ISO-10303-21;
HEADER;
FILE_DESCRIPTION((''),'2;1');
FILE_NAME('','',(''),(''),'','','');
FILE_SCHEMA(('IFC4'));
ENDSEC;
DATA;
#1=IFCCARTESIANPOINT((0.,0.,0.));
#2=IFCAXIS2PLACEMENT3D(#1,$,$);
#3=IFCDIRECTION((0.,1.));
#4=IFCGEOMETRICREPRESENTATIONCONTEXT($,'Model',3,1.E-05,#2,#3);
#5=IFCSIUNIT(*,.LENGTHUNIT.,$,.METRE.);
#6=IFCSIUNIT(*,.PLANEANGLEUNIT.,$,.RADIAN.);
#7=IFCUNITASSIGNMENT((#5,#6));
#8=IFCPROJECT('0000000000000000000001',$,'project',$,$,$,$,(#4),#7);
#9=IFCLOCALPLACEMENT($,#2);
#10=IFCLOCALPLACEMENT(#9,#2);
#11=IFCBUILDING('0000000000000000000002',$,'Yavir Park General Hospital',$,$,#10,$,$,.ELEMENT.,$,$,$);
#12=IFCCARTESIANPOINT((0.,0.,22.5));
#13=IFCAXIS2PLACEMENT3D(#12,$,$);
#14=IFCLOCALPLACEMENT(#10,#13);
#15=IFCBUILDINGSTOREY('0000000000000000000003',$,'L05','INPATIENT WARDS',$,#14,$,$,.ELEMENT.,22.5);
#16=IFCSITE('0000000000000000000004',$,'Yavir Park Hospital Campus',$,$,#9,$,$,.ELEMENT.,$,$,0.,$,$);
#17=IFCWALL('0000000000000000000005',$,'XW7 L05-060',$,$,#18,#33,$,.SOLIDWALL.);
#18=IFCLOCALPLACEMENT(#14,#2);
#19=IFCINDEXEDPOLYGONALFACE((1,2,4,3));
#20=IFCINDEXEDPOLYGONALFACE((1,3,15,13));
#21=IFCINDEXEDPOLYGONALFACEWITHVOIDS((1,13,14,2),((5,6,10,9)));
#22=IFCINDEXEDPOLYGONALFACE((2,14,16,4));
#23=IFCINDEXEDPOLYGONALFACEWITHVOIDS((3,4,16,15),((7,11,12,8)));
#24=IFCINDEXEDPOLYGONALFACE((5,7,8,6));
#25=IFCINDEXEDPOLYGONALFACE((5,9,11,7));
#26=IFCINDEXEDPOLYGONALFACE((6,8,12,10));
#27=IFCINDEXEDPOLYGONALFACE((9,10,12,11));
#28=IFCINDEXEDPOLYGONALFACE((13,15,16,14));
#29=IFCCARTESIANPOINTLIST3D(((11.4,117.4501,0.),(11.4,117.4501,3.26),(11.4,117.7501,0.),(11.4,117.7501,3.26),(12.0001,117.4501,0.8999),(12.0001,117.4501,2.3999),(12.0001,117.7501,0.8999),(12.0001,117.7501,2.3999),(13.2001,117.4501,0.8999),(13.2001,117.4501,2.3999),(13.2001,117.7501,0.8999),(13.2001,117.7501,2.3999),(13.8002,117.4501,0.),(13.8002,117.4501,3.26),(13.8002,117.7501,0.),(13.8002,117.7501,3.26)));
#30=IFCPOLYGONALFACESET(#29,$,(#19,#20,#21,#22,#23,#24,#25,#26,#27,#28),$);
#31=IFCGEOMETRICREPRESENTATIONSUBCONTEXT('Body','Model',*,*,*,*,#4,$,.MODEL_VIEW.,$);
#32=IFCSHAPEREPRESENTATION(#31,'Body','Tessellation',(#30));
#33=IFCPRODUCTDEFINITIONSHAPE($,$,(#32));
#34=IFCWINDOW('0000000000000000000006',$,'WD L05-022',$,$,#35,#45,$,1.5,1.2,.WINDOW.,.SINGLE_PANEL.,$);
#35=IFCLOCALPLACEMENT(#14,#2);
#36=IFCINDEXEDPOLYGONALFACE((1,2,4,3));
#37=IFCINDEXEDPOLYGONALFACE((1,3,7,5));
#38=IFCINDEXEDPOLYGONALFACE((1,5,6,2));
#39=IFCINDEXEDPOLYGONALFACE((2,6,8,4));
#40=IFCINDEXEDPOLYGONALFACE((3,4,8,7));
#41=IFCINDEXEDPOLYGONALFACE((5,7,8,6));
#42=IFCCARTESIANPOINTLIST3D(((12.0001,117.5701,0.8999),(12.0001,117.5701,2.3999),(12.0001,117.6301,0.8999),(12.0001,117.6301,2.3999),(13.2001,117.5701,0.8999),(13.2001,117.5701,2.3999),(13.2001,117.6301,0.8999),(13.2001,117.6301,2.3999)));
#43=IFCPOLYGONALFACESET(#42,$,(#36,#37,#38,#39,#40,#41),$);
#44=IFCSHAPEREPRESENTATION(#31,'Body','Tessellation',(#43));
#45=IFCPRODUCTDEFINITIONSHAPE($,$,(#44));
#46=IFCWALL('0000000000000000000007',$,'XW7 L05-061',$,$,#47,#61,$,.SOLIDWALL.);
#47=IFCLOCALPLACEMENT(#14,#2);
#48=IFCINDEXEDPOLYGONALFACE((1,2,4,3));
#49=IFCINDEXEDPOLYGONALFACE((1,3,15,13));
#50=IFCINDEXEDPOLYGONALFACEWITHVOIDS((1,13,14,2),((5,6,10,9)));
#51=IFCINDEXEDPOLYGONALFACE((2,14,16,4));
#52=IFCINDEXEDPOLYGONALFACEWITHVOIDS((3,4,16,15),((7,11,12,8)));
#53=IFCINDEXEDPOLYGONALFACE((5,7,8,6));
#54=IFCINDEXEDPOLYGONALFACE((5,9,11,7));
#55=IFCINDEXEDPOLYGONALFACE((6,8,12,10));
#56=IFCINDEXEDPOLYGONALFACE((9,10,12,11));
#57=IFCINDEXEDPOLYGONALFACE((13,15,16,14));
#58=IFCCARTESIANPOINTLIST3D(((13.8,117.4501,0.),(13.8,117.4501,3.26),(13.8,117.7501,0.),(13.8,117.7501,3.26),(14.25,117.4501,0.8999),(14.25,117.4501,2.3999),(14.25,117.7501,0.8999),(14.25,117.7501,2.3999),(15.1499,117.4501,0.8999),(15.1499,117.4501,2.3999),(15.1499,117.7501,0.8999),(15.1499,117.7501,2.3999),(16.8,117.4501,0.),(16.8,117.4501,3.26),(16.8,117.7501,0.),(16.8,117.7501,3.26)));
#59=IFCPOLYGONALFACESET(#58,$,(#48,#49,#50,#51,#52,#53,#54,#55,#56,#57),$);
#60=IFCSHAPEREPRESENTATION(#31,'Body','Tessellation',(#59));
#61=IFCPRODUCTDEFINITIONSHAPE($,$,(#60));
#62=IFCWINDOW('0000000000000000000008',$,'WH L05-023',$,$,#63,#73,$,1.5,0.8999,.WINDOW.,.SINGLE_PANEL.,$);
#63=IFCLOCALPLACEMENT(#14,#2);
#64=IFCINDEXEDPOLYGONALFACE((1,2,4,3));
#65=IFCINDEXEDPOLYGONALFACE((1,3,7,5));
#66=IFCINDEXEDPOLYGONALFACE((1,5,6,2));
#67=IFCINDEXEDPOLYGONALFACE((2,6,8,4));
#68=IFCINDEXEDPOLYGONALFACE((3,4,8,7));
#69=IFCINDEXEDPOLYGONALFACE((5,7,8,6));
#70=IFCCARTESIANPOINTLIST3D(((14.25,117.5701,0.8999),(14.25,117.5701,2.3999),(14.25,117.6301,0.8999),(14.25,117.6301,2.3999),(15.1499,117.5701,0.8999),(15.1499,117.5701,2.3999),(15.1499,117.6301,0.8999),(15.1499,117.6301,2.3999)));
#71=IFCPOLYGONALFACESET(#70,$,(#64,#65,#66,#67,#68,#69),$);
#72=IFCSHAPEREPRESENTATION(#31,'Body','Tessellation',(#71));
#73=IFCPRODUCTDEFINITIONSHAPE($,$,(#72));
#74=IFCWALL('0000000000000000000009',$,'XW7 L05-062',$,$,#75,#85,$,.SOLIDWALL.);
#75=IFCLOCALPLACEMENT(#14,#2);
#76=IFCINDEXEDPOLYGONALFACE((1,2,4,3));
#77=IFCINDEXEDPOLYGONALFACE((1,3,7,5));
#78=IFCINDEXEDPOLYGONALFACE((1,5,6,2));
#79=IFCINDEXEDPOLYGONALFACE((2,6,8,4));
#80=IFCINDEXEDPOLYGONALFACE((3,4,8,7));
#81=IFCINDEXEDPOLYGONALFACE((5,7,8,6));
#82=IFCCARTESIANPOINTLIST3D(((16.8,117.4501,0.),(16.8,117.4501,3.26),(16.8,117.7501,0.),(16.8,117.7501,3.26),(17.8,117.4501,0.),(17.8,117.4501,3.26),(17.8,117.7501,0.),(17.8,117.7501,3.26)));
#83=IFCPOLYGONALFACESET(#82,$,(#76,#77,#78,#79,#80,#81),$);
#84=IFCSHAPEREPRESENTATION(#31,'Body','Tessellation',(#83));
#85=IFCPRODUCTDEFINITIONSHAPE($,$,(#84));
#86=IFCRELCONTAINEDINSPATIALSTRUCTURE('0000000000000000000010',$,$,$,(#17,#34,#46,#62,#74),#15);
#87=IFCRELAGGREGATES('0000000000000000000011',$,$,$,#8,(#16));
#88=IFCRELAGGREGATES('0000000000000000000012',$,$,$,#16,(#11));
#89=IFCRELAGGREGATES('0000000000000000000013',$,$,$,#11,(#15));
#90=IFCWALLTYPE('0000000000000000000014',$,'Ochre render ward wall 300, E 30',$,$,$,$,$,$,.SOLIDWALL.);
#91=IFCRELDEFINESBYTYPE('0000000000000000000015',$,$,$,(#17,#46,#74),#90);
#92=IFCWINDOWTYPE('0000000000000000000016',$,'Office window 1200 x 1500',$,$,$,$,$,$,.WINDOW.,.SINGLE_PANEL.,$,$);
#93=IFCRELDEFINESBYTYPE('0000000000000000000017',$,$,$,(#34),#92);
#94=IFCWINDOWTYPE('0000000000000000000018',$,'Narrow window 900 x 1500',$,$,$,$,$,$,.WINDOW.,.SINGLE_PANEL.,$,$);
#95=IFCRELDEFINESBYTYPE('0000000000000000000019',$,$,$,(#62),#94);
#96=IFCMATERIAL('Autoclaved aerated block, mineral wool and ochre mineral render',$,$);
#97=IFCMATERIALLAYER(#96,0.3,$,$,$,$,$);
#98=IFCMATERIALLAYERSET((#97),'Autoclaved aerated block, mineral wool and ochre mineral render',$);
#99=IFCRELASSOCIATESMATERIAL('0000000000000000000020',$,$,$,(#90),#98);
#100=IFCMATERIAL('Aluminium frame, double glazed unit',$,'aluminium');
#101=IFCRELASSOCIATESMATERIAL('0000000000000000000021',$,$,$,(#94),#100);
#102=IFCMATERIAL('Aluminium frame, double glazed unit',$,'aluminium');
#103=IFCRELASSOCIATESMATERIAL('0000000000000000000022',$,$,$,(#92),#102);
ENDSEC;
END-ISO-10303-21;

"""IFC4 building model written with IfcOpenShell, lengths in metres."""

from ifc_helpers import new_model, si_unit, direction, frame, frame_2d, origin, place, context, subcontext, project, spatial, rectangle, extrude, material, layer, layer_set, type_object, element, fill, save


model = new_model("IFC4")

# Units and contexts
model_context = context("Model", 3, precision=1e-05, world=origin(), true_north=direction((0.0, 1.0)))
body_context = subcontext(model_context, "Body", "Model", "MODEL_VIEW")
ifc_project = project(units=[si_unit("LENGTHUNIT", "METRE"), si_unit("PLANEANGLEUNIT", "RADIAN")], contexts=[model_context])

# Site, building, storey
site_placement = place(None, origin())
site = spatial("IfcSite", under=ifc_project, at=site_placement, Name="Yavir Park Hospital Campus", CompositionType="ELEMENT", RefElevation=0.0)
building_placement = place(site_placement, origin())
building = spatial("IfcBuilding", under=site, at=building_placement, Name="Yavir Park General Hospital", CompositionType="ELEMENT")
storey_placement = place(building_placement, frame((0.0, 0.0, 22.5)))
storey = spatial("IfcBuildingStorey", under=building, at=storey_placement, Name="L05", Description="INPATIENT WARDS", CompositionType="ELEMENT", Elevation=22.5)

# Walls, openings, windows
ifc_material_1 = material(Name="Autoclaved aerated block, mineral wool and ochre mineral render")
ifc_layer_1 = layer(ifc_material_1, 0.3)
ifc_layer_set_1 = layer_set([ifc_layer_1], Name="Autoclaved aerated block, mineral wool and ochre mineral render")
wall_type_1 = type_object("IfcWallType", Name="Ochre render ward wall 300, E 30", PredefinedType="SOLIDWALL", material=ifc_layer_set_1)
ifc_material_2 = material(Name="Aluminium frame, double glazed unit", Category="aluminium")
window_type_1 = type_object("IfcWindowType", Name="Narrow window 900 x 1500", PartitioningType="SINGLE_PANEL", PredefinedType="WINDOW", material=ifc_material_2)
wall_1_placement = place(storey_placement, frame((11.3999, 117.6001, 0.0), z_axis=(0.0, 0.0, 1.0), x_axis=(1.0, 0.0, 0.0)))
wall_1 = element("IfcWall", 1, at=wall_1_placement, inside=storey, type_object=wall_type_1, Name="XW7 L05-060", PredefinedType="SOLIDWALL", context=body_context, shape_type="SweptSolid", body=[
    extrude(rectangle(XDim=2.4001, YDim=0.3, at=frame_2d((1.2002, 0.0))), origin(), (0.0, 0.0, 1.0), 3.26),
])
opening_1_placement = place(wall_1_placement, frame((0.6001, 0.0, 0.8999)))
opening_1 = element("IfcOpeningElement", 2, at=opening_1_placement, cuts=wall_1, PredefinedType="OPENING", context=body_context, shape_type="SweptSolid", body=[
    extrude(rectangle(XDim=1.2, YDim=1.5, at=frame_2d((0.6001, 0.75))), frame((0.0, 0.1599, 0.0), z_axis=(0.0, -1.0, 0.0), x_axis=(1.0, 0.0, 0.0)), (0.0, 0.0, 1.0), 0.3201),
])
ifc_material_3 = material(Name="Aluminium frame, double glazed unit", Category="aluminium")
window_type_2 = type_object("IfcWindowType", Name="Office window 1200 x 1500", PartitioningType="SINGLE_PANEL", PredefinedType="WINDOW", material=ifc_material_3)
window_1_placement = place(opening_1_placement, origin())
window_1 = element("IfcWindow", 3, at=window_1_placement, inside=storey, type_object=window_type_2, Name="WD L05-022", OverallHeight=1.5, OverallWidth=1.2, PartitioningType="SINGLE_PANEL", PredefinedType="WINDOW", context=body_context, shape_type="SweptSolid", body=[
    extrude(rectangle(XDim=1.2, YDim=1.5, at=frame_2d((0.6001, 0.75))), frame((0.0, 0.03, 0.0), z_axis=(0.0, -1.0, 0.0), x_axis=(1.0, 0.0, 0.0)), (0.0, 0.0, 1.0), 0.0601),
])
fill(opening_1, window_1)
wall_2_placement = place(storey_placement, frame((13.8, 117.6001, 0.0), z_axis=(0.0, 0.0, 1.0), x_axis=(1.0, 0.0, 0.0)))
wall_2 = element("IfcWall", 4, at=wall_2_placement, inside=storey, type_object=wall_type_1, Name="XW7 L05-061", PredefinedType="SOLIDWALL", context=body_context, shape_type="SweptSolid", body=[
    extrude(rectangle(XDim=3.0, YDim=0.3, at=frame_2d((1.5, 0.0))), origin(), (0.0, 0.0, 1.0), 3.26),
])
opening_2_placement = place(wall_2_placement, frame((0.45, 0.0, 0.8999)))
opening_2 = element("IfcOpeningElement", 5, at=opening_2_placement, cuts=wall_2, PredefinedType="OPENING", context=body_context, shape_type="SweptSolid", body=[
    extrude(rectangle(XDim=0.8999, YDim=1.5, at=frame_2d((0.45, 0.75))), frame((0.0, 0.1599, 0.0), z_axis=(0.0, -1.0, 0.0), x_axis=(1.0, 0.0, 0.0)), (0.0, 0.0, 1.0), 0.3201),
])
window_2_placement = place(opening_2_placement, origin())
window_2 = element("IfcWindow", 6, at=window_2_placement, inside=storey, type_object=window_type_1, Name="WH L05-023", OverallHeight=1.5, OverallWidth=0.8999, PartitioningType="SINGLE_PANEL", PredefinedType="WINDOW", context=body_context, shape_type="SweptSolid", body=[
    extrude(rectangle(XDim=0.8999, YDim=1.5, at=frame_2d((0.45, 0.75))), frame((0.0, 0.03, 0.0), z_axis=(0.0, -1.0, 0.0), x_axis=(1.0, 0.0, 0.0)), (0.0, 0.0, 1.0), 0.0601),
])
fill(opening_2, window_2)

# Wall
wall_3_placement = place(storey_placement, frame((16.8, 117.6001, 0.0), z_axis=(0.0, 0.0, 1.0), x_axis=(1.0, 0.0, 0.0)))
element("IfcWall", 7, at=wall_3_placement, inside=storey, type_object=wall_type_1, Name="XW7 L05-062", PredefinedType="SOLIDWALL", context=body_context, shape_type="SweptSolid", body=[
    extrude(rectangle(XDim=1.0, YDim=0.3, at=frame_2d((0.5, 0.0))), origin(), (0.0, 0.0, 1.0), 3.26),
])

save(model, "model.ifc")
